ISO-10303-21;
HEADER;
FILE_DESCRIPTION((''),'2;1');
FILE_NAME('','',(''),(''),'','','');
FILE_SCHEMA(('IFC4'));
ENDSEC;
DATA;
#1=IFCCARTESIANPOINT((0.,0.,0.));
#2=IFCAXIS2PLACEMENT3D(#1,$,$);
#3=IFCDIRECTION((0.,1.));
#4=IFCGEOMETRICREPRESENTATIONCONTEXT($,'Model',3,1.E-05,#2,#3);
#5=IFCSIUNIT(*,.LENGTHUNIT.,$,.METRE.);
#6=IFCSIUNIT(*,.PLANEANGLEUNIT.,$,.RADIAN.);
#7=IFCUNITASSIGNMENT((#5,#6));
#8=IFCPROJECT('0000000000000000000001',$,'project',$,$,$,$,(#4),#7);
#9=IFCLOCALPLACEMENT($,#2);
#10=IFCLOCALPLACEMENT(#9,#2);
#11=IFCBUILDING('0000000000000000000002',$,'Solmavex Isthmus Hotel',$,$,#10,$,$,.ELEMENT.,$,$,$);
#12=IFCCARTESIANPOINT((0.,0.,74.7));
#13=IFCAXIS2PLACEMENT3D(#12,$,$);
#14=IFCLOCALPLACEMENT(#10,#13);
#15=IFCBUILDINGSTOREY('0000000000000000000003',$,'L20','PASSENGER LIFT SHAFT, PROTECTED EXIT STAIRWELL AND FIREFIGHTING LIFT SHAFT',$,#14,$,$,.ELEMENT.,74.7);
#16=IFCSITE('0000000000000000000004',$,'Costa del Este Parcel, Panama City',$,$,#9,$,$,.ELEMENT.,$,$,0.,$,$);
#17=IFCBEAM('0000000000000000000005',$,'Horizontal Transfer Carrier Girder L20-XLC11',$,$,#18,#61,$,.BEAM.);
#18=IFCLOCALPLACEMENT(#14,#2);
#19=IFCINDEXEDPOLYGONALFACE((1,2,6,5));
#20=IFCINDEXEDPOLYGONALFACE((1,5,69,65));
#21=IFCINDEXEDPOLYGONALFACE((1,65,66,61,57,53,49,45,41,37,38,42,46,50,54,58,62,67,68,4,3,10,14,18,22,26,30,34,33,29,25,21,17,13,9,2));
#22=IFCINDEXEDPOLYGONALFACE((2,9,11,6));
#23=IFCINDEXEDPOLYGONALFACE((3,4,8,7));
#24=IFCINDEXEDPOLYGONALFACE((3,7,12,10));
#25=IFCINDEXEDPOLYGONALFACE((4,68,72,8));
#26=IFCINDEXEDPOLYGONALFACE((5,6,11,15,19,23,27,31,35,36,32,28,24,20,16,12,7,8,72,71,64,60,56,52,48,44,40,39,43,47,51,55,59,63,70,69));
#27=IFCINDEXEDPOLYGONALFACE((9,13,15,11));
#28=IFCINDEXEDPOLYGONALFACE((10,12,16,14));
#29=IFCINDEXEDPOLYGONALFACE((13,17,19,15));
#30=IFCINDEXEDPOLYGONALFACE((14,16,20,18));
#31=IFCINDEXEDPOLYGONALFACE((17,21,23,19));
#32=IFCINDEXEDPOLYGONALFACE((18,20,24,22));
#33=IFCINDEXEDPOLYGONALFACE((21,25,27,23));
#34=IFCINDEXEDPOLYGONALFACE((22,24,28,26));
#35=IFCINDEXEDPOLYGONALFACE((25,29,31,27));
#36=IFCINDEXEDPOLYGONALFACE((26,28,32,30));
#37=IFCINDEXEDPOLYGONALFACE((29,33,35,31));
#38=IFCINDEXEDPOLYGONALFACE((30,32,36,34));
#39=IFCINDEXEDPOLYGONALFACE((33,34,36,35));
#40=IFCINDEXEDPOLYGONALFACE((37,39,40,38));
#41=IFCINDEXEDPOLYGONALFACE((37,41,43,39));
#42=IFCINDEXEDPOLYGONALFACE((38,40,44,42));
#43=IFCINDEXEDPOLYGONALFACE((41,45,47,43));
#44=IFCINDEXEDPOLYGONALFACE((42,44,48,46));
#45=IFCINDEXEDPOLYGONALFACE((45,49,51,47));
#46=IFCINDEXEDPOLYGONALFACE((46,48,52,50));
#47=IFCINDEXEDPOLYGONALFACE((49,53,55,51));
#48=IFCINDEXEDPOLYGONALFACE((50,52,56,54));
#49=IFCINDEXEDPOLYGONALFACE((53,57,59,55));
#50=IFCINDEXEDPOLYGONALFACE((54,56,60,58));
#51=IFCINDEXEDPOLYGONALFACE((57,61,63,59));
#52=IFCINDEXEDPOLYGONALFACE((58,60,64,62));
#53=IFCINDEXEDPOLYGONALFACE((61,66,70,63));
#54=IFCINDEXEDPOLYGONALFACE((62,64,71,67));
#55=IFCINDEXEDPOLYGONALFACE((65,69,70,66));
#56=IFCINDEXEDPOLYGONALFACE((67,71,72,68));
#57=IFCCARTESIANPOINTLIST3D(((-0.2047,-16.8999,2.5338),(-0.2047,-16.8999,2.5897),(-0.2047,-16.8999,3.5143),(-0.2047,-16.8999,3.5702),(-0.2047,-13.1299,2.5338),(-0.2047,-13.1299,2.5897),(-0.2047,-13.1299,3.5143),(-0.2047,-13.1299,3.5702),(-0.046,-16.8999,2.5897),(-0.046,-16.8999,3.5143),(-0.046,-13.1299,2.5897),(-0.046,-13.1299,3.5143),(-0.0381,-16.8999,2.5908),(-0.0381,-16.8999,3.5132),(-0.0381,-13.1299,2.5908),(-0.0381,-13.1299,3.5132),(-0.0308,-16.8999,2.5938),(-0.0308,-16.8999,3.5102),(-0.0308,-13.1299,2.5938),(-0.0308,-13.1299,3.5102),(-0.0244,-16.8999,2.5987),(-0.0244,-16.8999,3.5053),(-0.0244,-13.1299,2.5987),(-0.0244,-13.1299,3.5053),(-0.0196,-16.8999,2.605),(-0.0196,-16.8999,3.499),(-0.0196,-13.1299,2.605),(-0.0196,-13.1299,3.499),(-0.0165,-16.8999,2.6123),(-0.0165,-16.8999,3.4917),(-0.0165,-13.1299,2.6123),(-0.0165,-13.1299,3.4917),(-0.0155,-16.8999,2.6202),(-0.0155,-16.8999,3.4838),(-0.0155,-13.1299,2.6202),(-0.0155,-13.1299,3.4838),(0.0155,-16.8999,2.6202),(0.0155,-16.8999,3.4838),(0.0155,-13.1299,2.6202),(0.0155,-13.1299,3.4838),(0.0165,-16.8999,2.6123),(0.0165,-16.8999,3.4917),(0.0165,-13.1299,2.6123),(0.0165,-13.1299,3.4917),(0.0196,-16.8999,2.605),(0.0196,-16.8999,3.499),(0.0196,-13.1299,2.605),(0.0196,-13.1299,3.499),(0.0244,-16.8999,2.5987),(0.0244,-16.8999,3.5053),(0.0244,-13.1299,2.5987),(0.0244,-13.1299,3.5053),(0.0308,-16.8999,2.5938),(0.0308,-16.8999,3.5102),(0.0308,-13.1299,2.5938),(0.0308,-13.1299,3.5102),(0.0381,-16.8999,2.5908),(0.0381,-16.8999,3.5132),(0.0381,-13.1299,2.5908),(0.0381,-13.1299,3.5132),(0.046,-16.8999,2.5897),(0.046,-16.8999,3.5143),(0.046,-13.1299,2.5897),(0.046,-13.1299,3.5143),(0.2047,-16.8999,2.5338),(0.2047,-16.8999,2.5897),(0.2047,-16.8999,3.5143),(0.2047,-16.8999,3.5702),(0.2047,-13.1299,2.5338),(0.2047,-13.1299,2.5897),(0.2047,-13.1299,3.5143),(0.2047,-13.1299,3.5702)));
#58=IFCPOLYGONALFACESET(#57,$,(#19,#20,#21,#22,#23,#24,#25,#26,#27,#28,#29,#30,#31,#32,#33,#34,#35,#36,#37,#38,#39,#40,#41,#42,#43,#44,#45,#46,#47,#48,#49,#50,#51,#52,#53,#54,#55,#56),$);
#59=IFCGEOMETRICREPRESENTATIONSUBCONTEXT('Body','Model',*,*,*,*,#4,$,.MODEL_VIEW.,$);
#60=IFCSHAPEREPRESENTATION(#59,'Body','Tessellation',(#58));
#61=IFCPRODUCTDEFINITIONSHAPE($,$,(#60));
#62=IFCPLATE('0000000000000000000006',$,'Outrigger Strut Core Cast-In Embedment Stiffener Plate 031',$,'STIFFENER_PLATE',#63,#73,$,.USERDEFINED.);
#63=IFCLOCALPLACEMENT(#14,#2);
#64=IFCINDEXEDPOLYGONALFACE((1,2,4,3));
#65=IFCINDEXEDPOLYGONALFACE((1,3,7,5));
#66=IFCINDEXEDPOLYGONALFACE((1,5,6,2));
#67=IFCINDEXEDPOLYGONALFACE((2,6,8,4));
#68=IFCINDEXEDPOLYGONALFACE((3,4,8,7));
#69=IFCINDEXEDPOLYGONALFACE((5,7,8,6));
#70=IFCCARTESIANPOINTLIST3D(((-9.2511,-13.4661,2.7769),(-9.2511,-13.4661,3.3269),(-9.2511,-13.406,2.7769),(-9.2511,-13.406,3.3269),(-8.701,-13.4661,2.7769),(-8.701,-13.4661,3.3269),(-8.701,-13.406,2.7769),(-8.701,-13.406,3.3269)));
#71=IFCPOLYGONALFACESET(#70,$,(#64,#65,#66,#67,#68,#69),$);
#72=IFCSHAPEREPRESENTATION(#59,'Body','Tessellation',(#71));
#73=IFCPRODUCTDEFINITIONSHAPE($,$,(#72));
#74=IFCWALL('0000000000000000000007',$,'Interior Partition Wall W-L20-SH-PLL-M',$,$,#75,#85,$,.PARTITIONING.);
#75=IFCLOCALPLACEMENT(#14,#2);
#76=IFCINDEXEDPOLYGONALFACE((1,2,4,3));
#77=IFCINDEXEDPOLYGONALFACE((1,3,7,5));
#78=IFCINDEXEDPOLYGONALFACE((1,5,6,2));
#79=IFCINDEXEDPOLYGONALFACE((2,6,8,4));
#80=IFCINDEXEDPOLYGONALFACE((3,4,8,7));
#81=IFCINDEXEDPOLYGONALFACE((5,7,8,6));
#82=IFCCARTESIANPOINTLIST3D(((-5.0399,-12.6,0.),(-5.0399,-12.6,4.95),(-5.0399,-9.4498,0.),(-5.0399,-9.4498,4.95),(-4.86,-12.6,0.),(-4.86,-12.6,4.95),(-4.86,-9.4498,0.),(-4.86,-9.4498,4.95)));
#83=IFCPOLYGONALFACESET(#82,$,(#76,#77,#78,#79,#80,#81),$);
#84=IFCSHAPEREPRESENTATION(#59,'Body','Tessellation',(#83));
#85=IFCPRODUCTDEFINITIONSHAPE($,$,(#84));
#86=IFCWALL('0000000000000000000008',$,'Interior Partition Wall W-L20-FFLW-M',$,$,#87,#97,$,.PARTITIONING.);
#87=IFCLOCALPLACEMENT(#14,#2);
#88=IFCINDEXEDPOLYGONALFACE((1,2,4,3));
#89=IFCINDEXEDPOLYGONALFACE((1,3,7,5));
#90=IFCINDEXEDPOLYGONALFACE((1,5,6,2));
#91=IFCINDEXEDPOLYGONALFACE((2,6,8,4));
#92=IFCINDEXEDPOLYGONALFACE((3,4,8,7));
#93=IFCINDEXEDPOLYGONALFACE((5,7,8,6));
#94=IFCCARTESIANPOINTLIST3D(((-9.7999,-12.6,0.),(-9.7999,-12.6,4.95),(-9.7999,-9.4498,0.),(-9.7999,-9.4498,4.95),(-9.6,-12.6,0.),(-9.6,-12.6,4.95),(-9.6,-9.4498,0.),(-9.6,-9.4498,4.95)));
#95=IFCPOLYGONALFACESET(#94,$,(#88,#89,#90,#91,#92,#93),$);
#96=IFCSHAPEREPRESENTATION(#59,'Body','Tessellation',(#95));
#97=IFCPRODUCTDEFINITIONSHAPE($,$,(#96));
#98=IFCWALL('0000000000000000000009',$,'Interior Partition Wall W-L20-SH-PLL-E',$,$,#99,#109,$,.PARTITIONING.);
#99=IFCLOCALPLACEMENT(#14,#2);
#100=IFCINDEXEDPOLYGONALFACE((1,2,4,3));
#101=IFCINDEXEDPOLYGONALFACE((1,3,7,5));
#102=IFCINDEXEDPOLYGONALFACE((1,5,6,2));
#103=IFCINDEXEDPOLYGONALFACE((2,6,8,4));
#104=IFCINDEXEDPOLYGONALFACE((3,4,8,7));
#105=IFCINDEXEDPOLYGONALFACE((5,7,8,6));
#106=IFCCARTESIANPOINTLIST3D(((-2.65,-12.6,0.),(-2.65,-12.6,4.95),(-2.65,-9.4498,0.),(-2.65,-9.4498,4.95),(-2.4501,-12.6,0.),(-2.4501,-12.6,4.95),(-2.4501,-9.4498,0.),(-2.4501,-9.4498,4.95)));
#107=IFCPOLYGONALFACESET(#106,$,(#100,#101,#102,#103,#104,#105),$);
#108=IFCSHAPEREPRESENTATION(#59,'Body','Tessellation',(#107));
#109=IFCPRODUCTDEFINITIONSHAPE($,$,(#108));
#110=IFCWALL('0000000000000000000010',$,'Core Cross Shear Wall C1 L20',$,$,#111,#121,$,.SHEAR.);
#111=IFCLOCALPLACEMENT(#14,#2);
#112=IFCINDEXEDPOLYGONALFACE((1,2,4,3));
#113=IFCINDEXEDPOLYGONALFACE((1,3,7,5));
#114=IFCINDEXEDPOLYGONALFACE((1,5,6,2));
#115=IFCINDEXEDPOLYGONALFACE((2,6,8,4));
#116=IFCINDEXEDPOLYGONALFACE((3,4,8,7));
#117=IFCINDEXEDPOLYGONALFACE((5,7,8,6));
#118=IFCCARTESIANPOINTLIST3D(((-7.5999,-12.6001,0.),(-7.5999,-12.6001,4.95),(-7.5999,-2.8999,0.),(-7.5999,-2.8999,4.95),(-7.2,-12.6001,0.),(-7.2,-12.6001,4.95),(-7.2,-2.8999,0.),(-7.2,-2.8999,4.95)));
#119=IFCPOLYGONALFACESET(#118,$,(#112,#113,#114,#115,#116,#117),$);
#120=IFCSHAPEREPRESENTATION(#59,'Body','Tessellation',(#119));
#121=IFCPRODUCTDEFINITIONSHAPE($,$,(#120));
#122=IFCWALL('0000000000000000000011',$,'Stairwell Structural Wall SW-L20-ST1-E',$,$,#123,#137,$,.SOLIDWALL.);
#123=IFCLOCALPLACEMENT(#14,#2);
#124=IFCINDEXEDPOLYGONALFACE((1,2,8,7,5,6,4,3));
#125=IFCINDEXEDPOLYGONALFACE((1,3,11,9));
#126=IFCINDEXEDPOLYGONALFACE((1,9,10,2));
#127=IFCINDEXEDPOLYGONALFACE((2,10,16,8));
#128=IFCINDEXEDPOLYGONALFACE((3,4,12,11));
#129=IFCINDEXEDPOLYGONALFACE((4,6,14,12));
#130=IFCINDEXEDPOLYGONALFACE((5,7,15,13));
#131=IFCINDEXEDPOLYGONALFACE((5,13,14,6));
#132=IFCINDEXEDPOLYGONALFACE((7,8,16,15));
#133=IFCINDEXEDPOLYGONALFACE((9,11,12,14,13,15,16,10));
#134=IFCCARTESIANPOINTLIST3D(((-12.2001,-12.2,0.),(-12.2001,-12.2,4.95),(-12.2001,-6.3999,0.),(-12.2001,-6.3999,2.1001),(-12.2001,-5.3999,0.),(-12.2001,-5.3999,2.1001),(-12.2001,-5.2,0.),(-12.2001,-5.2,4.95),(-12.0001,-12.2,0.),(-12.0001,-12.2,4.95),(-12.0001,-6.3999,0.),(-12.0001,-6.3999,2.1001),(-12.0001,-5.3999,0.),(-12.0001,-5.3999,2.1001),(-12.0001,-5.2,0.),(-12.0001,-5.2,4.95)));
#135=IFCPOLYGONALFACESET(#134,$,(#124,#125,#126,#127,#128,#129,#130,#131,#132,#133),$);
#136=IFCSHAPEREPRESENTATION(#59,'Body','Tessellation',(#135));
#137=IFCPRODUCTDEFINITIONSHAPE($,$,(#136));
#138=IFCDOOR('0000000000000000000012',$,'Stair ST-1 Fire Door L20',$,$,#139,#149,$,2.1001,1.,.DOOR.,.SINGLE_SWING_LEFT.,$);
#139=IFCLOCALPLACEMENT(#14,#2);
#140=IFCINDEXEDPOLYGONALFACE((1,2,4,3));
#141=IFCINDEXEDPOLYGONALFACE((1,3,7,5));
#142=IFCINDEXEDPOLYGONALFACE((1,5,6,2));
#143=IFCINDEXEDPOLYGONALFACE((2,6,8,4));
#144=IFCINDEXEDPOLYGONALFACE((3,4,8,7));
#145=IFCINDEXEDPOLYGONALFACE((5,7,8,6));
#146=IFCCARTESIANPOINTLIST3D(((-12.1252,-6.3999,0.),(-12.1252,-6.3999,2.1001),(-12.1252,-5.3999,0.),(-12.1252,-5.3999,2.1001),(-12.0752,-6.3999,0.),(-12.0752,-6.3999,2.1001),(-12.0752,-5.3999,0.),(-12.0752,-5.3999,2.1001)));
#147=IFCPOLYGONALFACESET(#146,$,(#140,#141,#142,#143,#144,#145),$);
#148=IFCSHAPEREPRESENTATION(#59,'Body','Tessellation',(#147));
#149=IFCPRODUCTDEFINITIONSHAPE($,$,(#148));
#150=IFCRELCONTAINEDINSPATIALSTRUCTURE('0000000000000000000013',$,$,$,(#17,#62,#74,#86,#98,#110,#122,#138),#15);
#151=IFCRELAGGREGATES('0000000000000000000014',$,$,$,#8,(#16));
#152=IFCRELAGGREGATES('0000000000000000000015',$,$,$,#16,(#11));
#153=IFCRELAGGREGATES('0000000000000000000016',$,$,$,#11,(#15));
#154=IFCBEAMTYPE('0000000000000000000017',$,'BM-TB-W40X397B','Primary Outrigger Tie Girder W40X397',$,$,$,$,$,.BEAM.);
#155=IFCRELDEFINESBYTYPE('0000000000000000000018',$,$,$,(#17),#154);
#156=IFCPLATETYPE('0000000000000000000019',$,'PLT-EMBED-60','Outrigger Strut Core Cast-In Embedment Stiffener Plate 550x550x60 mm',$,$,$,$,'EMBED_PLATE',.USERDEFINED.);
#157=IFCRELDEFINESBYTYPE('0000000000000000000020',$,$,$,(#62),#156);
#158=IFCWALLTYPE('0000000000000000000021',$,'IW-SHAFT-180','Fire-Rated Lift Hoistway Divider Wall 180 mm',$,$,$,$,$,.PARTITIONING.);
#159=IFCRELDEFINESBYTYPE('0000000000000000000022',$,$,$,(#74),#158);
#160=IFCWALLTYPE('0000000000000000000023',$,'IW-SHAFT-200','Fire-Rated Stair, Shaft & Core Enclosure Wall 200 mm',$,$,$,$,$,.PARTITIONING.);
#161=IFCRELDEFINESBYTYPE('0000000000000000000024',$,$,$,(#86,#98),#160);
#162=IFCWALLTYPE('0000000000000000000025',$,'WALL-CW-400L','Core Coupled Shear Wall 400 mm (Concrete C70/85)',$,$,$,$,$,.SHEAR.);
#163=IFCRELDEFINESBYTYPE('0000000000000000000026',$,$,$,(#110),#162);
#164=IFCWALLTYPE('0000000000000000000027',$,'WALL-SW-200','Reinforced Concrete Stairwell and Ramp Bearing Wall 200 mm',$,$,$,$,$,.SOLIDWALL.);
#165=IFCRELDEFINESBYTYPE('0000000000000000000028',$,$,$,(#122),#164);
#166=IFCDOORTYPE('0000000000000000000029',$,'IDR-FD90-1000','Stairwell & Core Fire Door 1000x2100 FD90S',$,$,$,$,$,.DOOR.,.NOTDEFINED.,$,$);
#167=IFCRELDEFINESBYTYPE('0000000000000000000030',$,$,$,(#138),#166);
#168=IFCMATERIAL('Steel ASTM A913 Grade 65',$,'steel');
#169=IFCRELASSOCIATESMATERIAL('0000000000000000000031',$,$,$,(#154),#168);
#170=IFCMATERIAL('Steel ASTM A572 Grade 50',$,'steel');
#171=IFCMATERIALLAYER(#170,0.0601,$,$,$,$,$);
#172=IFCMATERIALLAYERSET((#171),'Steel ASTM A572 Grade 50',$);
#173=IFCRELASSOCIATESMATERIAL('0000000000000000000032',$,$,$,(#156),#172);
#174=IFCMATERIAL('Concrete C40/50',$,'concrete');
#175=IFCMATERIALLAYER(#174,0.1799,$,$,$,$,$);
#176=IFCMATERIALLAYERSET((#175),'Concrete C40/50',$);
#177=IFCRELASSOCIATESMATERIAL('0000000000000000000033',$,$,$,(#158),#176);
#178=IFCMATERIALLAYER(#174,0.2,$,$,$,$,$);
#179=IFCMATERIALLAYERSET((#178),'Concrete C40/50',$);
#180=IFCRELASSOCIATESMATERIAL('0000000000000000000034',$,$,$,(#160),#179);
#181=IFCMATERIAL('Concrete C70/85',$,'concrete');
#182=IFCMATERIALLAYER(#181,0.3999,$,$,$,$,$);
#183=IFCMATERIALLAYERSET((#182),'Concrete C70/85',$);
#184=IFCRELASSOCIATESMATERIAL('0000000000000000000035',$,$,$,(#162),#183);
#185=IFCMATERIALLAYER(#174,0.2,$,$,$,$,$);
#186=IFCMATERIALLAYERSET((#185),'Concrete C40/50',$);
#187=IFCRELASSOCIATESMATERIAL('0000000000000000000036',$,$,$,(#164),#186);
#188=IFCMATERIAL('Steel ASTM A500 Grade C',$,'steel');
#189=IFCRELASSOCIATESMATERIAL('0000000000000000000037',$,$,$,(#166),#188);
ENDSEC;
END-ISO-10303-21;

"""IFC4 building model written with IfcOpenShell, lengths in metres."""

from ifc_helpers import new_model, si_unit, direction, frame, frame_2d, origin, origin_2d, place, context, subcontext, project, spatial, rectangle, i_section, extrude, material, layer, layer_set, material_profile, profile_set, type_object, element, fill, save


model = new_model("IFC4")

# Units and contexts
model_context = context("Model", 3, precision=1e-05, world=origin(), true_north=direction((0.0, 1.0)))
body_context = subcontext(model_context, "Body", "Model", "MODEL_VIEW")
ifc_project = project(units=[si_unit("LENGTHUNIT", "METRE"), si_unit("PLANEANGLEUNIT", "RADIAN")], contexts=[model_context])

# Site, building, storey
site_placement = place(None, origin())
site = spatial("IfcSite", under=ifc_project, at=site_placement, Name="Costa del Este Parcel, Panama City", CompositionType="ELEMENT", RefElevation=0.0)
building_placement = place(site_placement, origin())
building = spatial("IfcBuilding", under=site, at=building_placement, Name="Solmavex Isthmus Hotel", CompositionType="ELEMENT")
storey_placement = place(building_placement, frame((0.0, 0.0, 74.7)))
storey = spatial("IfcBuildingStorey", under=building, at=storey_placement, Name="L20", Description="PASSENGER LIFT SHAFT, PROTECTED EXIT STAIRWELL AND FIREFIGHTING LIFT SHAFT", CompositionType="ELEMENT", Elevation=74.7)

# Shared definitions
ifc_material_1 = material(Name="Concrete C70/85", Category="concrete")
ifc_material_2 = material(Name="Steel ASTM A913 Grade 65", Category="steel")

# Beam
ifc_material_profile_1 = material_profile(ifc_material_2, i_section(OverallWidth=0.4094, OverallDepth=1.0364, WebThickness=0.031, FlangeThickness=0.0559, FilletRadius=0.0305, at=origin_2d()), Name="W40X397")
ifc_profile_set_1 = profile_set([ifc_material_profile_1], Name="Steel ASTM A913 Grade 65")
beam_type_1 = type_object("IfcBeamType", Name="BM-TB-W40X397B", Description="Primary Outrigger Tie Girder W40X397", PredefinedType="BEAM", material=ifc_profile_set_1)
for number, where, z_axis, x_axis, name in (
    (1, (0.0, -16.8999, 3.052), (0.0, 1.0, 0.0), (-1.0, 0.0, 0.0), "Horizontal Transfer Carrier Girder L20-XLC11"),
):
    element("IfcBeam", number, at=place(storey_placement, frame(where, z_axis=z_axis, x_axis=x_axis)), inside=storey, type_object=beam_type_1, Name=name, PredefinedType="BEAM", context=body_context, shape_type="SweptSolid", body=[
        extrude(i_section(OverallWidth=0.4094, OverallDepth=1.0364, WebThickness=0.031, FlangeThickness=0.0559, FilletRadius=0.0305, at=origin_2d()), origin(), (0.0, 0.0, 1.0), 3.77),
    ])

# Plate
ifc_material_3 = material(Name="Steel ASTM A572 Grade 50", Category="steel")
ifc_layer_1 = layer(ifc_material_3, 0.0601)
ifc_layer_set_1 = layer_set([ifc_layer_1], Name="Steel ASTM A572 Grade 50")
plate_type = type_object("IfcPlateType", Name="PLT-EMBED-60", Description="Outrigger Strut Core Cast-In Embedment Stiffener Plate 550x550x60 mm", ElementType="EMBED_PLATE", PredefinedType="USERDEFINED", material=ifc_layer_set_1)
plate_placement = place(storey_placement, frame((-8.9761, -13.436, 2.7769), z_axis=(0.0, 0.0, 1.0), x_axis=(1.0, 0.0, 0.0)))
element("IfcPlate", 2, at=plate_placement, inside=storey, type_object=plate_type, Name="Outrigger Strut Core Cast-In Embedment Stiffener Plate 031", ObjectType="STIFFENER_PLATE", PredefinedType="USERDEFINED", context=body_context, shape_type="SweptSolid", body=[
    extrude(rectangle(XDim=0.55, YDim=0.0601, at=origin_2d()), origin(), (0.0, 0.0, 1.0), 0.55),
])

# Walls
ifc_material_4 = material(Name="Concrete C40/50", Category="concrete")
ifc_layer_2 = layer(ifc_material_4, 0.1799)
ifc_layer_set_2 = layer_set([ifc_layer_2], Name="Concrete C40/50")
wall_type_1 = type_object("IfcWallType", Name="IW-SHAFT-180", Description="Fire-Rated Lift Hoistway Divider Wall 180 mm", PredefinedType="PARTITIONING", material=ifc_layer_set_2)
wall_1_placement = place(storey_placement, frame((-4.95, -12.6001, 0.0), z_axis=(0.0, 0.0, 1.0), x_axis=(0.0, 1.0, 0.0)))
element("IfcWall", 3, at=wall_1_placement, inside=storey, type_object=wall_type_1, Name="Interior Partition Wall W-L20-SH-PLL-M", PredefinedType="PARTITIONING", context=body_context, shape_type="SweptSolid", body=[
    extrude(rectangle(XDim=3.1501, YDim=0.1799, at=frame_2d((1.5752, 0.0))), origin(), (0.0, 0.0, 1.0), 4.95),
])
ifc_layer_3 = layer(ifc_material_4, 0.2)
ifc_layer_set_3 = layer_set([ifc_layer_3], Name="Concrete C40/50")
wall_type_2 = type_object("IfcWallType", Name="IW-SHAFT-200", Description="Fire-Rated Stair, Shaft & Core Enclosure Wall 200 mm", PredefinedType="PARTITIONING", material=ifc_layer_set_3)
for number, where, z_axis, x_axis, name in (
    (4, (-9.7, -12.6001, 0.0), (0.0, 0.0, 1.0), (0.0, 1.0, 0.0), "Interior Partition Wall W-L20-FFLW-M"),
    (5, (-2.55, -12.6001, 0.0), (0.0, 0.0, 1.0), (0.0, 1.0, 0.0), "Interior Partition Wall W-L20-SH-PLL-E"),
):
    element("IfcWall", number, at=place(storey_placement, frame(where, z_axis=z_axis, x_axis=x_axis)), inside=storey, type_object=wall_type_2, Name=name, PredefinedType="PARTITIONING", context=body_context, shape_type="SweptSolid", body=[
        extrude(rectangle(XDim=3.1501, YDim=0.2, at=frame_2d((1.5752, 0.0))), origin(), (0.0, 0.0, 1.0), 4.95),
    ])
ifc_layer_4 = layer(ifc_material_1, 0.3999)
ifc_layer_set_4 = layer_set([ifc_layer_4], Name="Concrete C70/85")
wall_type_3 = type_object("IfcWallType", Name="WALL-CW-400L", Description="Core Coupled Shear Wall 400 mm (Concrete C70/85)", PredefinedType="SHEAR", material=ifc_layer_set_4)
wall_2_placement = place(storey_placement, frame((-7.3999, -12.6001, 0.0), z_axis=(0.0, 0.0, 1.0), x_axis=(0.0, 1.0, 0.0)))
element("IfcWall", 6, at=wall_2_placement, inside=storey, type_object=wall_type_3, Name="Core Cross Shear Wall C1 L20", PredefinedType="SHEAR", context=body_context, shape_type="SweptSolid", body=[
    extrude(rectangle(XDim=9.7002, YDim=0.3999, at=frame_2d((4.8501, 0.0))), origin(), (0.0, 0.0, 1.0), 4.95),
])

# Wall, opening, door
ifc_layer_5 = layer(ifc_material_4, 0.2)
ifc_layer_set_5 = layer_set([ifc_layer_5], Name="Concrete C40/50")
wall_type_4 = type_object("IfcWallType", Name="WALL-SW-200", Description="Reinforced Concrete Stairwell and Ramp Bearing Wall 200 mm", PredefinedType="SOLIDWALL", material=ifc_layer_set_5)
wall_3_placement = place(storey_placement, frame((-12.1001, -12.2, 0.0), z_axis=(0.0, 0.0, 1.0), x_axis=(0.0, 1.0, 0.0)))
wall_3 = element("IfcWall", 7, at=wall_3_placement, inside=storey, type_object=wall_type_4, Name="Stairwell Structural Wall SW-L20-ST1-E", PredefinedType="SOLIDWALL", context=body_context, shape_type="SweptSolid", body=[
    extrude(rectangle(XDim=7.0, YDim=0.2, at=frame_2d((3.5, 0.0))), origin(), (0.0, 0.0, 1.0), 4.95),
])
opening_placement = place(wall_3_placement, frame((5.8, 0.0, 0.0)))
opening = element("IfcOpeningElement", 8, at=opening_placement, cuts=wall_3, PredefinedType="OPENING", context=body_context, shape_type="SweptSolid", body=[
    extrude(rectangle(XDim=1.0, YDim=2.1001, at=frame_2d((0.5, 1.05))), frame((0.0, 0.1099, 0.0), z_axis=(0.0, -1.0, 0.0), x_axis=(1.0, 0.0, 0.0)), (0.0, 0.0, 1.0), 0.22),
])
ifc_material_5 = material(Name="Steel ASTM A500 Grade C", Category="steel")
door_type = type_object("IfcDoorType", Name="IDR-FD90-1000", Description="Stairwell & Core Fire Door 1000x2100 FD90S", OperationType="NOTDEFINED", PredefinedType="DOOR", material=ifc_material_5)
door_placement = place(opening_placement, frame((1.0, 0.0, 0.0), z_axis=(0.0, 0.0, 1.0), x_axis=(-1.0, 0.0, 0.0)))
door = element("IfcDoor", 9, at=door_placement, inside=storey, type_object=door_type, Name="Stair ST-1 Fire Door L20", OperationType="SINGLE_SWING_LEFT", OverallHeight=2.1001, OverallWidth=1.0, PredefinedType="DOOR", context=body_context, shape_type="SweptSolid", body=[
    extrude(rectangle(XDim=1.0, YDim=2.1001, at=frame_2d((0.5, 1.05))), frame((0.0, 0.0249, 0.0), z_axis=(0.0, -1.0, 0.0), x_axis=(1.0, 0.0, 0.0)), (0.0, 0.0, 1.0), 0.05),
])
fill(opening, door)

save(model, "model.ifc")
